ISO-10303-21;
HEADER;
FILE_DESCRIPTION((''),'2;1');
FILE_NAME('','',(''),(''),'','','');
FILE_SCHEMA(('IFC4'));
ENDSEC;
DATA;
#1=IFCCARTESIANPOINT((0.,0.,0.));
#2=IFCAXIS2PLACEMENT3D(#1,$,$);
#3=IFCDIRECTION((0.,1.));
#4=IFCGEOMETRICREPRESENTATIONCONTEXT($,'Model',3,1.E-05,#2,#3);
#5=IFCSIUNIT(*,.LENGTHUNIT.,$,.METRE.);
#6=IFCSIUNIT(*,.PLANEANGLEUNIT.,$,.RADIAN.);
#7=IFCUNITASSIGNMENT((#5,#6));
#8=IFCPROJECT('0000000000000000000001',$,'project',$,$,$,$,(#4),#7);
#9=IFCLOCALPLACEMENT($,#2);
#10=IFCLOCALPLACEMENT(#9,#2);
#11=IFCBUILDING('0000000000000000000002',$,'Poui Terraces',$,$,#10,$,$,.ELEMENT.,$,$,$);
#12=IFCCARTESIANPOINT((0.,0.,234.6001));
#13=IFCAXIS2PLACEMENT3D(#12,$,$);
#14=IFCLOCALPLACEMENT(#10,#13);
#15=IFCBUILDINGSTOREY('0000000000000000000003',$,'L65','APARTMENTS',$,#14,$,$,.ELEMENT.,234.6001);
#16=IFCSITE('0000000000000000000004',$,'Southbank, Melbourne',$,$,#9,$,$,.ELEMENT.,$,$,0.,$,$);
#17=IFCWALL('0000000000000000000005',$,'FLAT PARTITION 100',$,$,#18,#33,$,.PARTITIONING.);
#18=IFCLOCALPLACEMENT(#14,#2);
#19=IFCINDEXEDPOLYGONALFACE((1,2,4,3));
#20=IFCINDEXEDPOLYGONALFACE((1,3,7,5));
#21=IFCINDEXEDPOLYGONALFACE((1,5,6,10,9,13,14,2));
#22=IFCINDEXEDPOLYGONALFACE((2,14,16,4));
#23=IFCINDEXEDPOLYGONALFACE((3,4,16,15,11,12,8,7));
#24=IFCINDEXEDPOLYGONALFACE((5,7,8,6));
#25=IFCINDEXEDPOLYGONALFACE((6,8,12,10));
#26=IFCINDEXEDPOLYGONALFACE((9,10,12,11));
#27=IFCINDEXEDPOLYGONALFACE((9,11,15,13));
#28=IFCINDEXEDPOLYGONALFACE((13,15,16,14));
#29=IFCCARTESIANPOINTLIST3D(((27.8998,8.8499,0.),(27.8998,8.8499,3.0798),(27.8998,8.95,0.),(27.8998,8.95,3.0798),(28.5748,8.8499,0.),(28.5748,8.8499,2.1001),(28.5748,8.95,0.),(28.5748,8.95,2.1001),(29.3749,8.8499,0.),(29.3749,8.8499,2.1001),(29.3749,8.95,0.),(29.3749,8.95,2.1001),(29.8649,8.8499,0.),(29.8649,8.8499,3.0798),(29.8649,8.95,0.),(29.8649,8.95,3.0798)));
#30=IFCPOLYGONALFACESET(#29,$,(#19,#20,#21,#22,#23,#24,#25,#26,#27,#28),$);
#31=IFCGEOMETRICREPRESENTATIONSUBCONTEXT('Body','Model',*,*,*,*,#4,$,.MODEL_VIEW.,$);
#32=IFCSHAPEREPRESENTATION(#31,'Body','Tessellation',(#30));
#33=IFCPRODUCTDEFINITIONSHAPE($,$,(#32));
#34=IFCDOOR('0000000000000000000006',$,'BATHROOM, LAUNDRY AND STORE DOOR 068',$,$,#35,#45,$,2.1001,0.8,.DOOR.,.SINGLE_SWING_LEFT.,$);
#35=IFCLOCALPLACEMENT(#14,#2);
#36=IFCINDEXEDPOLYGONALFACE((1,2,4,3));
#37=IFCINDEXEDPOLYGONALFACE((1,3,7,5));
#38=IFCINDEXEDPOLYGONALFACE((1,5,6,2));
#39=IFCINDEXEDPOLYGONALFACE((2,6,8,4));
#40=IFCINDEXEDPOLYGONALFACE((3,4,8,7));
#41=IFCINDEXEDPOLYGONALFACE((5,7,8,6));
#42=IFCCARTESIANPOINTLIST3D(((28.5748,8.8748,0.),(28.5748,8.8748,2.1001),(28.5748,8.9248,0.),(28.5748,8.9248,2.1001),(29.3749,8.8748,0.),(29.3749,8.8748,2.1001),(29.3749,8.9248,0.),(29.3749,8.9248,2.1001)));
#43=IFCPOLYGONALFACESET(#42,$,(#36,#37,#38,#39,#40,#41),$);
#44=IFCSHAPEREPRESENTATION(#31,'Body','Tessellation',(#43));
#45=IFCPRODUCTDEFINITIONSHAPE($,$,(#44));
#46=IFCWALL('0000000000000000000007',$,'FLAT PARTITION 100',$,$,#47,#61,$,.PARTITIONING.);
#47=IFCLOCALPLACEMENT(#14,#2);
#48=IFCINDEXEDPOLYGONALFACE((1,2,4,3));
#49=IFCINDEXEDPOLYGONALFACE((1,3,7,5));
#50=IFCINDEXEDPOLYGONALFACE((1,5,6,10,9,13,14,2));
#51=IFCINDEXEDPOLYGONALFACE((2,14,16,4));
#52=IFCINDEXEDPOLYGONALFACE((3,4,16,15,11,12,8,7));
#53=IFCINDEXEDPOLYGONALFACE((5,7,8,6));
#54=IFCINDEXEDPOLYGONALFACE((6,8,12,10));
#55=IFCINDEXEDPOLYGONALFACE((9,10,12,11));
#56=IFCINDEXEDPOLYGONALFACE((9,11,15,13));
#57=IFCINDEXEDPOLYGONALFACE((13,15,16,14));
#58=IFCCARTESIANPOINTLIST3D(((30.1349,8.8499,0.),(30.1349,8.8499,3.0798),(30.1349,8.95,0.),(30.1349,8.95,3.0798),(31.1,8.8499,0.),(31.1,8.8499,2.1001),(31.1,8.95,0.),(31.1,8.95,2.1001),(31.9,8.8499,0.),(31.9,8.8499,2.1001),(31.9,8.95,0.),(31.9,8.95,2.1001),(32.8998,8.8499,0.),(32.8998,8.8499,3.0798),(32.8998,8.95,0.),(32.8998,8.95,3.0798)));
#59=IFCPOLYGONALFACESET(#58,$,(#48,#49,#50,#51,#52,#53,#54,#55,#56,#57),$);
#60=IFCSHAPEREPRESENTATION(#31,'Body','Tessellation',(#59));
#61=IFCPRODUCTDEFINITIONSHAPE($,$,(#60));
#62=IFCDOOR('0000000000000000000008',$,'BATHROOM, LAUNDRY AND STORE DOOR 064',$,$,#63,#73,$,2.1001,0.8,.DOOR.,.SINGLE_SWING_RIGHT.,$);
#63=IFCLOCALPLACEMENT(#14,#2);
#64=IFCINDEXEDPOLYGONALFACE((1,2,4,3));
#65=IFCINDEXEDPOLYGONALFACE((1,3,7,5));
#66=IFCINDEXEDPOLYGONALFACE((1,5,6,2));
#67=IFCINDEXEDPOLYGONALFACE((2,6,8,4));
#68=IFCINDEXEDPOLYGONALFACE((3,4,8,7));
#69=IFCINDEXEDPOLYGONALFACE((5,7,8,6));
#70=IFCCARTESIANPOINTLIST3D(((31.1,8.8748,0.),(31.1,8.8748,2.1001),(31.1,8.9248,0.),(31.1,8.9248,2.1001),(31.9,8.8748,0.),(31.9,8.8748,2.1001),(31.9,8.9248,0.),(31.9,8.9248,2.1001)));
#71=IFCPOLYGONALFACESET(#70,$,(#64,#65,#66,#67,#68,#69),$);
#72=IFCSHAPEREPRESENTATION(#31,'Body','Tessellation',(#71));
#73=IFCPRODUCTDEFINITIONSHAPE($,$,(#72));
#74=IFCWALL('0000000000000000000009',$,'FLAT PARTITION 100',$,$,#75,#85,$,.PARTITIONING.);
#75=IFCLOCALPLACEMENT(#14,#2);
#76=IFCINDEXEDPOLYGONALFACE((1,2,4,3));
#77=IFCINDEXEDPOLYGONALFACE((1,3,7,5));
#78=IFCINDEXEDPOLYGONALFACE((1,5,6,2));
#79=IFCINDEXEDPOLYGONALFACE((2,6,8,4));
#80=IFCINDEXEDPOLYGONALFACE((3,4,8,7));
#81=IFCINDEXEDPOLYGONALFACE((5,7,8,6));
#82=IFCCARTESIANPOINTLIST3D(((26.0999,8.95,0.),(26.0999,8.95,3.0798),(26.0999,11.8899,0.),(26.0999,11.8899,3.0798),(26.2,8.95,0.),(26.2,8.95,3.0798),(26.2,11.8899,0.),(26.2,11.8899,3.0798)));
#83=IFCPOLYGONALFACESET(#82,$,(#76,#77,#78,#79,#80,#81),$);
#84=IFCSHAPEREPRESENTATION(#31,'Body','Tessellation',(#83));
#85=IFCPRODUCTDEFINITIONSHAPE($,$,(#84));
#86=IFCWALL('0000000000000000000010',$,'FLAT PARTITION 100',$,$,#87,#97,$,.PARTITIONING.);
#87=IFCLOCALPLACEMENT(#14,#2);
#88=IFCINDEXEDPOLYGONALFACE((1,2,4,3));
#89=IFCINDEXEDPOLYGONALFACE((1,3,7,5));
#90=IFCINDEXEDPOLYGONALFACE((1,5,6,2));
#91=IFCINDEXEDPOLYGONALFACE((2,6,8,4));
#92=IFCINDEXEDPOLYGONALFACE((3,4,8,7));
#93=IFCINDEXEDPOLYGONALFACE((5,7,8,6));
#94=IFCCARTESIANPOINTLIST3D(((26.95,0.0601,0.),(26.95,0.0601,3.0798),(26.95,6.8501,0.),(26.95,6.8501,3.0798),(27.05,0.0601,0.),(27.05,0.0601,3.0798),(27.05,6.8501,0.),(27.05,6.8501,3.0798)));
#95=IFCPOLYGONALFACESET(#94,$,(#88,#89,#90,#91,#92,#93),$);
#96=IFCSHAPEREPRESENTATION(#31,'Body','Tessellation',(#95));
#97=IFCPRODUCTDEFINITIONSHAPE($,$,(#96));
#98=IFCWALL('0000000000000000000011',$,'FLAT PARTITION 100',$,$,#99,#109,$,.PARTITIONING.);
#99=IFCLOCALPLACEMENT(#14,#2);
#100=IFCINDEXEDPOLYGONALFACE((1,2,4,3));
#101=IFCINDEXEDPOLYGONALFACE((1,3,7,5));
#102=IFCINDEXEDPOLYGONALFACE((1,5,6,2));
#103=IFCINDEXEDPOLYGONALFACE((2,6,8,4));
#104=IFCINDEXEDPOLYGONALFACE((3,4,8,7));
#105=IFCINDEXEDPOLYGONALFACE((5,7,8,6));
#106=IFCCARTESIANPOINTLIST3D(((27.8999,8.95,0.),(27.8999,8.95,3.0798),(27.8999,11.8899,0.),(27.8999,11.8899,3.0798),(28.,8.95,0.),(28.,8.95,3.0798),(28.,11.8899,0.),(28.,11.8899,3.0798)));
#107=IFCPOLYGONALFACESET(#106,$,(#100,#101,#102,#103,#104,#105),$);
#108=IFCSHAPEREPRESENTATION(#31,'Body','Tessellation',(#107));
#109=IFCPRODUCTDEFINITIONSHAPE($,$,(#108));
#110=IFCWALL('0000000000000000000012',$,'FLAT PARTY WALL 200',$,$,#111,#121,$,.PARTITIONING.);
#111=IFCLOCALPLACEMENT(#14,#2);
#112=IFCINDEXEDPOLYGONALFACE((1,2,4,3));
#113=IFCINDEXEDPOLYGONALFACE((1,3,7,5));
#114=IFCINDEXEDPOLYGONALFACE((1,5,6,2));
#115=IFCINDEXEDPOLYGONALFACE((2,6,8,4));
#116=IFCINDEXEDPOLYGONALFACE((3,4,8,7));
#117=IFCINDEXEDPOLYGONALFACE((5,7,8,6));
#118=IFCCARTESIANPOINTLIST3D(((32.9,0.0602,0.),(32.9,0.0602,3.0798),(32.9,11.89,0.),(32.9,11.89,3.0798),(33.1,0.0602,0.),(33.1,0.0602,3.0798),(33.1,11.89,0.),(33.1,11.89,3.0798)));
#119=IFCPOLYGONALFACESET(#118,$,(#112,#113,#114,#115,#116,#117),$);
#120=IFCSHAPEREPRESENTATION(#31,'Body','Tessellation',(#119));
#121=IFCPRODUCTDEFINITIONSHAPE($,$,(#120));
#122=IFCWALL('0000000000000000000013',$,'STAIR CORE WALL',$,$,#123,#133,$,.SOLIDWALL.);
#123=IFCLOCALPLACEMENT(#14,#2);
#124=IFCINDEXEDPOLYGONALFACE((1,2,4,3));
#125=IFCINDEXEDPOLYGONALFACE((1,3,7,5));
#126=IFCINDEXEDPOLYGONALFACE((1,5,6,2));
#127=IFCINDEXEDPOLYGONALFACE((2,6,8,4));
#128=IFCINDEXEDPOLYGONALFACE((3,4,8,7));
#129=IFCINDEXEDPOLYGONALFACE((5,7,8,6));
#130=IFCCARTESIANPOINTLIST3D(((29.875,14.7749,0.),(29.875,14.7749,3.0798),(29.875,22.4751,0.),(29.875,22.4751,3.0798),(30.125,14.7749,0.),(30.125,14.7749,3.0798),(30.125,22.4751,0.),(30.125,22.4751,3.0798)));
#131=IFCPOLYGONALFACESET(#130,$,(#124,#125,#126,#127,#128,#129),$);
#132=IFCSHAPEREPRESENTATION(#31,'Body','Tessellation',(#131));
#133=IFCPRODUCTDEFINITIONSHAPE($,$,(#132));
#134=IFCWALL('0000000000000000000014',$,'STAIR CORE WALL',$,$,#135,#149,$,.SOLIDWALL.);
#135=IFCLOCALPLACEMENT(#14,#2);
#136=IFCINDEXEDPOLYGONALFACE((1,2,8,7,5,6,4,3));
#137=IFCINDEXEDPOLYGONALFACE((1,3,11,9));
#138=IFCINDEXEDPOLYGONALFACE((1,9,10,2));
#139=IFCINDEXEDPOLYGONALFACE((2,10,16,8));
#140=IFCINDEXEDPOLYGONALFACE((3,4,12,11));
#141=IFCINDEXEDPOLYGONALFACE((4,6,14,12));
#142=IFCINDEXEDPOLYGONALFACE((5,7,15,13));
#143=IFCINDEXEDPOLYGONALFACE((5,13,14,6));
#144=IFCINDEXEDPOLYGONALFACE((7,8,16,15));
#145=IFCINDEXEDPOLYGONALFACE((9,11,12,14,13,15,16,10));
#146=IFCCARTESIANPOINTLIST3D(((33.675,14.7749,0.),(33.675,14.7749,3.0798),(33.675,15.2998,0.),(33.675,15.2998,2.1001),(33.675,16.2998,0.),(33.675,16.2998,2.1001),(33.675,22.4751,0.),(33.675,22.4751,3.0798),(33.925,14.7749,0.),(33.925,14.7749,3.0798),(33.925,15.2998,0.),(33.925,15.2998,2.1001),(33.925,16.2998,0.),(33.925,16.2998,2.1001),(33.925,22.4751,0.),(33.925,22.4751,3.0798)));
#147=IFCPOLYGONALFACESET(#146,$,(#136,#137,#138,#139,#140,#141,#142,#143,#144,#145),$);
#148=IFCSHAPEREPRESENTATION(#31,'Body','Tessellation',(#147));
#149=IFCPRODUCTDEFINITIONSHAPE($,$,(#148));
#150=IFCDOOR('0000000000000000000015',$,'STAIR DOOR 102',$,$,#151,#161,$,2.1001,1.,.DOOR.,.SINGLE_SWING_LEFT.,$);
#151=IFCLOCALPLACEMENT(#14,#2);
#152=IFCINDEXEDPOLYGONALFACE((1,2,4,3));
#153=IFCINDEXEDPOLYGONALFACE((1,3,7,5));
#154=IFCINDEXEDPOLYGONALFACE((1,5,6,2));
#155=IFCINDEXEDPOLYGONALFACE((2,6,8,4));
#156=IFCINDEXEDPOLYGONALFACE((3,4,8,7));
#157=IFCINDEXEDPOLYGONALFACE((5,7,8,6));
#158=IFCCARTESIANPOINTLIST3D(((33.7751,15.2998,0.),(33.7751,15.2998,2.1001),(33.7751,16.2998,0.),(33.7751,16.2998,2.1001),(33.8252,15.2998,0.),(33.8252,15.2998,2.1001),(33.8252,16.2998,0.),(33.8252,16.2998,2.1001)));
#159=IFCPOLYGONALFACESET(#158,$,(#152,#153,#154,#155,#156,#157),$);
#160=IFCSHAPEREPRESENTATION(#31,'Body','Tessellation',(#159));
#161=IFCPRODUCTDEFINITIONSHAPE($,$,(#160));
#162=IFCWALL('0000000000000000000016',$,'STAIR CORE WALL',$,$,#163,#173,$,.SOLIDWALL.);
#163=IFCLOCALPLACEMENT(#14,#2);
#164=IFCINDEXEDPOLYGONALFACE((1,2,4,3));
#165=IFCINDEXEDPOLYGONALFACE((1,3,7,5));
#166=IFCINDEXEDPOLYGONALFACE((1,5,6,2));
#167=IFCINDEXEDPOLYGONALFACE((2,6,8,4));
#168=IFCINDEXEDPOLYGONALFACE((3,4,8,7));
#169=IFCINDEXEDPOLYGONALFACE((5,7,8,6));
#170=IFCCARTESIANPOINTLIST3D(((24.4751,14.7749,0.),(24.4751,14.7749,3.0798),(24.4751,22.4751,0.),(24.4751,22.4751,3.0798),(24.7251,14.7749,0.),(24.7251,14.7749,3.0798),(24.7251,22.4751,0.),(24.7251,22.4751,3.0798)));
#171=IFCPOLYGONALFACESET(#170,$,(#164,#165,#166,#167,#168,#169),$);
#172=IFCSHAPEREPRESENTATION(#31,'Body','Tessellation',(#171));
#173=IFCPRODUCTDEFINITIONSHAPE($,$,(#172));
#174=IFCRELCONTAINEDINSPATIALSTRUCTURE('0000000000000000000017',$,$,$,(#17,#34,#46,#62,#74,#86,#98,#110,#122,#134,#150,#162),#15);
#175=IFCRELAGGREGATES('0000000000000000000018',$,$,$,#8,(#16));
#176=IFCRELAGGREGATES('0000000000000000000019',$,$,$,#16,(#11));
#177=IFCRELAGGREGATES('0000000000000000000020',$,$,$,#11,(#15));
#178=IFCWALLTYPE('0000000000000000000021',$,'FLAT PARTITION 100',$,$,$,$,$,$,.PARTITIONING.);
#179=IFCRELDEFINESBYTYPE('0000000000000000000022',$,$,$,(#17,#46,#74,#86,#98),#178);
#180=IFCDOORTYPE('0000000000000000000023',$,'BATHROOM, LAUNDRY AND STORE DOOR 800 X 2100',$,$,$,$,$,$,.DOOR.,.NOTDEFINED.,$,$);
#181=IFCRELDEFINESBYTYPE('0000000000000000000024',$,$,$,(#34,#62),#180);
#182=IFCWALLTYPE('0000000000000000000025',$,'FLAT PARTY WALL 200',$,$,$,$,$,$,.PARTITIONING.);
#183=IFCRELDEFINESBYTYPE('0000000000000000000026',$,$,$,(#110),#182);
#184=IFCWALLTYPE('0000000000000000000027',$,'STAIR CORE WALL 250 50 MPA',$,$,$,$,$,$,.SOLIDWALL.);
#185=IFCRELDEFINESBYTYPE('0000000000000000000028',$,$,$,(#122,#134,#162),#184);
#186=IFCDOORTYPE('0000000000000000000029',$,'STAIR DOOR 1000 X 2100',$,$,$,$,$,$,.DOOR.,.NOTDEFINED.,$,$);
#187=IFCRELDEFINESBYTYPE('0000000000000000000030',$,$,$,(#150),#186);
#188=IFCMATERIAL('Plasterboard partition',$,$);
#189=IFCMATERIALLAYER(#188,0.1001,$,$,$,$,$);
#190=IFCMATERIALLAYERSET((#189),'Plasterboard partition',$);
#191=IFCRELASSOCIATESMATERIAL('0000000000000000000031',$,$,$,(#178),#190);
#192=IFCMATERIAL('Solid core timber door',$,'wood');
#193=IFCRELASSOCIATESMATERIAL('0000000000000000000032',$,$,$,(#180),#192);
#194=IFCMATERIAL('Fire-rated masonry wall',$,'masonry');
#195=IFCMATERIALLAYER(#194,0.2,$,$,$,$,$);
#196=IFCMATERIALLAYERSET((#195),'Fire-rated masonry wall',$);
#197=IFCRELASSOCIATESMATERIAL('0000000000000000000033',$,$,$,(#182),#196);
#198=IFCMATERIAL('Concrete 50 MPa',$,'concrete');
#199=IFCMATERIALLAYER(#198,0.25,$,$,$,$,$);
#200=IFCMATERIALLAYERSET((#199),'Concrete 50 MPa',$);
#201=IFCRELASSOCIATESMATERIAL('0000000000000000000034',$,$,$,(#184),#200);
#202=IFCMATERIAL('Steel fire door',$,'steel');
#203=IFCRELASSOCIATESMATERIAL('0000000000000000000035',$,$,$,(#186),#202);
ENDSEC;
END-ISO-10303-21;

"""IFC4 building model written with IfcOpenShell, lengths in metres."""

from ifc_helpers import new_model, si_unit, direction, frame, frame_2d, origin, place, context, subcontext, project, spatial, rectangle, extrude, material, layer, layer_set, type_object, element, fill, save


model = new_model("IFC4")

# Units and contexts
model_context = context("Model", 3, precision=1e-05, world=origin(), true_north=direction((0.0, 1.0)))
body_context = subcontext(model_context, "Body", "Model", "MODEL_VIEW")
ifc_project = project(units=[si_unit("LENGTHUNIT", "METRE"), si_unit("PLANEANGLEUNIT", "RADIAN")], contexts=[model_context])

# Site, building, storey
site_placement = place(None, origin())
site = spatial("IfcSite", under=ifc_project, at=site_placement, Name="Southbank, Melbourne", CompositionType="ELEMENT", RefElevation=0.0)
building_placement = place(site_placement, origin())
building = spatial("IfcBuilding", under=site, at=building_placement, Name="Poui Terraces", CompositionType="ELEMENT")
storey_placement = place(building_placement, frame((0.0, 0.0, 234.6001)))
storey = spatial("IfcBuildingStorey", under=building, at=storey_placement, Name="L65", Description="APARTMENTS", CompositionType="ELEMENT", Elevation=234.6001)

# Shared definitions
ifc_material_1 = material(Name="Concrete 50 MPa", Category="concrete")

# Walls, openings, doors
ifc_material_2 = material(Name="Solid core timber door", Category="wood")
ifc_material_3 = material(Name="Plasterboard partition")
ifc_layer_1 = layer(ifc_material_3, 0.1001)
ifc_layer_set_1 = layer_set([ifc_layer_1], Name="Plasterboard partition")
wall_type_1 = type_object("IfcWallType", Name="FLAT PARTITION 100", PredefinedType="PARTITIONING", material=ifc_layer_set_1)
door_type_1 = type_object("IfcDoorType", Name="BATHROOM, LAUNDRY AND STORE DOOR 800 X 2100", OperationType="NOTDEFINED", PredefinedType="DOOR", material=ifc_material_2)
wall_1_placement = place(storey_placement, frame((27.8999, 8.8999, 0.0), z_axis=(0.0, 0.0, 1.0), x_axis=(1.0, 0.0, 0.0)))
wall_1 = element("IfcWall", 1, at=wall_1_placement, inside=storey, type_object=wall_type_1, Name="FLAT PARTITION 100", PredefinedType="PARTITIONING", context=body_context, shape_type="SweptSolid", body=[
    extrude(rectangle(XDim=1.9651, YDim=0.1001, at=frame_2d((0.9824, 0.0))), origin(), (0.0, 0.0, 1.0), 3.0798),
])
opening_1_placement = place(wall_1_placement, frame((0.675, 0.0, 0.0)))
opening_1 = element("IfcOpeningElement", 2, at=opening_1_placement, cuts=wall_1, PredefinedType="OPENING", context=body_context, shape_type="SweptSolid", body=[
    extrude(rectangle(XDim=0.8, YDim=2.1001, at=frame_2d((0.3999, 1.05))), frame((0.0, 0.0601, 0.0), z_axis=(0.0, -1.0, 0.0), x_axis=(1.0, 0.0, 0.0)), (0.0, 0.0, 1.0), 0.1201),
])
door_1_placement = place(opening_1_placement, origin())
door_1 = element("IfcDoor", 3, at=door_1_placement, inside=storey, type_object=door_type_1, Name="BATHROOM, LAUNDRY AND STORE DOOR 068", OperationType="SINGLE_SWING_LEFT", OverallHeight=2.1001, OverallWidth=0.8, PredefinedType="DOOR", context=body_context, shape_type="SweptSolid", body=[
    extrude(rectangle(XDim=0.8, YDim=2.1001, at=frame_2d((0.3999, 1.05))), frame((0.0, 0.0249, 0.0), z_axis=(0.0, -1.0, 0.0), x_axis=(1.0, 0.0, 0.0)), (0.0, 0.0, 1.0), 0.05),
])
fill(opening_1, door_1)
wall_2_placement = place(storey_placement, frame((30.135, 8.8999, 0.0), z_axis=(0.0, 0.0, 1.0), x_axis=(1.0, 0.0, 0.0)))
wall_2 = element("IfcWall", 4, at=wall_2_placement, inside=storey, type_object=wall_type_1, Name="FLAT PARTITION 100", PredefinedType="PARTITIONING", context=body_context, shape_type="SweptSolid", body=[
    extrude(rectangle(XDim=2.7649, YDim=0.1001, at=frame_2d((1.3823, 0.0))), origin(), (0.0, 0.0, 1.0), 3.0798),
])
opening_2_placement = place(wall_2_placement, frame((0.9651, 0.0, 0.0)))
opening_2 = element("IfcOpeningElement", 5, at=opening_2_placement, cuts=wall_2, PredefinedType="OPENING", context=body_context, shape_type="SweptSolid", body=[
    extrude(rectangle(XDim=0.8, YDim=2.1001, at=frame_2d((0.3999, 1.05))), frame((0.0, 0.0601, 0.0), z_axis=(0.0, -1.0, 0.0), x_axis=(1.0, 0.0, 0.0)), (0.0, 0.0, 1.0), 0.1201),
])
door_2_placement = place(opening_2_placement, origin())
door_2 = element("IfcDoor", 6, at=door_2_placement, inside=storey, type_object=door_type_1, Name="BATHROOM, LAUNDRY AND STORE DOOR 064", OperationType="SINGLE_SWING_RIGHT", OverallHeight=2.1001, OverallWidth=0.8, PredefinedType="DOOR", context=body_context, shape_type="SweptSolid", body=[
    extrude(rectangle(XDim=0.8, YDim=2.1001, at=frame_2d((0.3999, 1.05))), frame((0.0, 0.0249, 0.0), z_axis=(0.0, -1.0, 0.0), x_axis=(1.0, 0.0, 0.0)), (0.0, 0.0, 1.0), 0.05),
])
fill(opening_2, door_2)

# Walls
wall_3_placement = place(storey_placement, frame((26.1499, 8.95, 0.0), z_axis=(0.0, 0.0, 1.0), x_axis=(0.0, 1.0, 0.0)))
element("IfcWall", 7, at=wall_3_placement, inside=storey, type_object=wall_type_1, Name="FLAT PARTITION 100", PredefinedType="PARTITIONING", context=body_context, shape_type="SweptSolid", body=[
    extrude(rectangle(XDim=2.9399, YDim=0.1001, at=frame_2d((1.47, 0.0))), origin(), (0.0, 0.0, 1.0), 3.0798),
])
wall_4_placement = place(storey_placement, frame((27.0, 0.0601, 0.0), z_axis=(0.0, 0.0, 1.0), x_axis=(0.0, 1.0, 0.0)))
element("IfcWall", 8, at=wall_4_placement, inside=storey, type_object=wall_type_1, Name="FLAT PARTITION 100", PredefinedType="PARTITIONING", context=body_context, shape_type="SweptSolid", body=[
    extrude(rectangle(XDim=6.79, YDim=0.1001, at=frame_2d((3.395, 0.0))), origin(), (0.0, 0.0, 1.0), 3.0798),
])
wall_5_placement = place(storey_placement, frame((27.95, 8.95, 0.0), z_axis=(0.0, 0.0, 1.0), x_axis=(0.0, 1.0, 0.0)))
element("IfcWall", 9, at=wall_5_placement, inside=storey, type_object=wall_type_1, Name="FLAT PARTITION 100", PredefinedType="PARTITIONING", context=body_context, shape_type="SweptSolid", body=[
    extrude(rectangle(XDim=2.9399, YDim=0.1001, at=frame_2d((1.47, 0.0))), origin(), (0.0, 0.0, 1.0), 3.0798),
])
ifc_material_4 = material(Name="Fire-rated masonry wall", Category="masonry")
ifc_layer_2 = layer(ifc_material_4, 0.2)
ifc_layer_set_2 = layer_set([ifc_layer_2], Name="Fire-rated masonry wall")
wall_type_2 = type_object("IfcWallType", Name="FLAT PARTY WALL 200", PredefinedType="PARTITIONING", material=ifc_layer_set_2)
wall_6_placement = place(storey_placement, frame((33.0, 0.0601, 0.0), z_axis=(0.0, 0.0, 1.0), x_axis=(0.0, 1.0, 0.0)))
element("IfcWall", 10, at=wall_6_placement, inside=storey, type_object=wall_type_2, Name="FLAT PARTY WALL 200", PredefinedType="PARTITIONING", context=body_context, shape_type="SweptSolid", body=[
    extrude(rectangle(XDim=11.8298, YDim=0.2, at=frame_2d((5.915, 0.0))), origin(), (0.0, 0.0, 1.0), 3.0798),
])
ifc_layer_3 = layer(ifc_material_1, 0.25)
ifc_layer_set_3 = layer_set([ifc_layer_3], Name="Concrete 50 MPa")
wall_type_3 = type_object("IfcWallType", Name="STAIR CORE WALL 250 50 MPA", PredefinedType="SOLIDWALL", material=ifc_layer_set_3)
wall_7_placement = place(storey_placement, frame((30.0, 14.7749, 0.0), z_axis=(0.0, 0.0, 1.0), x_axis=(0.0, 1.0, 0.0)))
element("IfcWall", 11, at=wall_7_placement, inside=storey, type_object=wall_type_3, Name="STAIR CORE WALL", PredefinedType="SOLIDWALL", context=body_context, shape_type="SweptSolid", body=[
    extrude(rectangle(XDim=7.7002, YDim=0.25, at=frame_2d((3.8501, 0.0))), origin(), (0.0, 0.0, 1.0), 3.0798),
])

# Wall, opening, door
wall_8_placement = place(storey_placement, frame((33.8, 14.7749, 0.0), z_axis=(0.0, 0.0, 1.0), x_axis=(0.0, 1.0, 0.0)))
wall_8 = element("IfcWall", 12, at=wall_8_placement, inside=storey, type_object=wall_type_3, Name="STAIR CORE WALL", PredefinedType="SOLIDWALL", context=body_context, shape_type="SweptSolid", body=[
    extrude(rectangle(XDim=7.7002, YDim=0.25, at=frame_2d((3.8501, 0.0))), origin(), (0.0, 0.0, 1.0), 3.0798),
])
opening_3_placement = place(wall_8_placement, frame((0.5249, 0.0, 0.0)))
opening_3 = element("IfcOpeningElement", 13, at=opening_3_placement, cuts=wall_8, PredefinedType="OPENING", context=body_context, shape_type="SweptSolid", body=[
    extrude(rectangle(XDim=1.0, YDim=2.1001, at=frame_2d((0.5, 1.05))), frame((0.0, 0.135, 0.0), z_axis=(0.0, -1.0, 0.0), x_axis=(1.0, 0.0, 0.0)), (0.0, 0.0, 1.0), 0.27),
])
ifc_material_5 = material(Name="Steel fire door", Category="steel")
door_type_2 = type_object("IfcDoorType", Name="STAIR DOOR 1000 X 2100", OperationType="NOTDEFINED", PredefinedType="DOOR", material=ifc_material_5)
door_3_placement = place(opening_3_placement, origin())
door_3 = element("IfcDoor", 14, at=door_3_placement, inside=storey, type_object=door_type_2, Name="STAIR DOOR 102", OperationType="SINGLE_SWING_LEFT", OverallHeight=2.1001, OverallWidth=1.0, PredefinedType="DOOR", context=body_context, shape_type="SweptSolid", body=[
    extrude(rectangle(XDim=1.0, YDim=2.1001, at=frame_2d((0.5, 1.05))), frame((0.0, 0.0249, 0.0), z_axis=(0.0, -1.0, 0.0), x_axis=(1.0, 0.0, 0.0)), (0.0, 0.0, 1.0), 0.05),
])
fill(opening_3, door_3)

# Wall
wall_9_placement = place(storey_placement, frame((24.6001, 14.7749, 0.0), z_axis=(0.0, 0.0, 1.0), x_axis=(0.0, 1.0, 0.0)))
element("IfcWall", 15, at=wall_9_placement, inside=storey, type_object=wall_type_3, Name="STAIR CORE WALL", PredefinedType="SOLIDWALL", context=body_context, shape_type="SweptSolid", body=[
    extrude(rectangle(XDim=7.7002, YDim=0.25, at=frame_2d((3.8501, 0.0))), origin(), (0.0, 0.0, 1.0), 3.0798),
])

save(model, "model.ifc")
